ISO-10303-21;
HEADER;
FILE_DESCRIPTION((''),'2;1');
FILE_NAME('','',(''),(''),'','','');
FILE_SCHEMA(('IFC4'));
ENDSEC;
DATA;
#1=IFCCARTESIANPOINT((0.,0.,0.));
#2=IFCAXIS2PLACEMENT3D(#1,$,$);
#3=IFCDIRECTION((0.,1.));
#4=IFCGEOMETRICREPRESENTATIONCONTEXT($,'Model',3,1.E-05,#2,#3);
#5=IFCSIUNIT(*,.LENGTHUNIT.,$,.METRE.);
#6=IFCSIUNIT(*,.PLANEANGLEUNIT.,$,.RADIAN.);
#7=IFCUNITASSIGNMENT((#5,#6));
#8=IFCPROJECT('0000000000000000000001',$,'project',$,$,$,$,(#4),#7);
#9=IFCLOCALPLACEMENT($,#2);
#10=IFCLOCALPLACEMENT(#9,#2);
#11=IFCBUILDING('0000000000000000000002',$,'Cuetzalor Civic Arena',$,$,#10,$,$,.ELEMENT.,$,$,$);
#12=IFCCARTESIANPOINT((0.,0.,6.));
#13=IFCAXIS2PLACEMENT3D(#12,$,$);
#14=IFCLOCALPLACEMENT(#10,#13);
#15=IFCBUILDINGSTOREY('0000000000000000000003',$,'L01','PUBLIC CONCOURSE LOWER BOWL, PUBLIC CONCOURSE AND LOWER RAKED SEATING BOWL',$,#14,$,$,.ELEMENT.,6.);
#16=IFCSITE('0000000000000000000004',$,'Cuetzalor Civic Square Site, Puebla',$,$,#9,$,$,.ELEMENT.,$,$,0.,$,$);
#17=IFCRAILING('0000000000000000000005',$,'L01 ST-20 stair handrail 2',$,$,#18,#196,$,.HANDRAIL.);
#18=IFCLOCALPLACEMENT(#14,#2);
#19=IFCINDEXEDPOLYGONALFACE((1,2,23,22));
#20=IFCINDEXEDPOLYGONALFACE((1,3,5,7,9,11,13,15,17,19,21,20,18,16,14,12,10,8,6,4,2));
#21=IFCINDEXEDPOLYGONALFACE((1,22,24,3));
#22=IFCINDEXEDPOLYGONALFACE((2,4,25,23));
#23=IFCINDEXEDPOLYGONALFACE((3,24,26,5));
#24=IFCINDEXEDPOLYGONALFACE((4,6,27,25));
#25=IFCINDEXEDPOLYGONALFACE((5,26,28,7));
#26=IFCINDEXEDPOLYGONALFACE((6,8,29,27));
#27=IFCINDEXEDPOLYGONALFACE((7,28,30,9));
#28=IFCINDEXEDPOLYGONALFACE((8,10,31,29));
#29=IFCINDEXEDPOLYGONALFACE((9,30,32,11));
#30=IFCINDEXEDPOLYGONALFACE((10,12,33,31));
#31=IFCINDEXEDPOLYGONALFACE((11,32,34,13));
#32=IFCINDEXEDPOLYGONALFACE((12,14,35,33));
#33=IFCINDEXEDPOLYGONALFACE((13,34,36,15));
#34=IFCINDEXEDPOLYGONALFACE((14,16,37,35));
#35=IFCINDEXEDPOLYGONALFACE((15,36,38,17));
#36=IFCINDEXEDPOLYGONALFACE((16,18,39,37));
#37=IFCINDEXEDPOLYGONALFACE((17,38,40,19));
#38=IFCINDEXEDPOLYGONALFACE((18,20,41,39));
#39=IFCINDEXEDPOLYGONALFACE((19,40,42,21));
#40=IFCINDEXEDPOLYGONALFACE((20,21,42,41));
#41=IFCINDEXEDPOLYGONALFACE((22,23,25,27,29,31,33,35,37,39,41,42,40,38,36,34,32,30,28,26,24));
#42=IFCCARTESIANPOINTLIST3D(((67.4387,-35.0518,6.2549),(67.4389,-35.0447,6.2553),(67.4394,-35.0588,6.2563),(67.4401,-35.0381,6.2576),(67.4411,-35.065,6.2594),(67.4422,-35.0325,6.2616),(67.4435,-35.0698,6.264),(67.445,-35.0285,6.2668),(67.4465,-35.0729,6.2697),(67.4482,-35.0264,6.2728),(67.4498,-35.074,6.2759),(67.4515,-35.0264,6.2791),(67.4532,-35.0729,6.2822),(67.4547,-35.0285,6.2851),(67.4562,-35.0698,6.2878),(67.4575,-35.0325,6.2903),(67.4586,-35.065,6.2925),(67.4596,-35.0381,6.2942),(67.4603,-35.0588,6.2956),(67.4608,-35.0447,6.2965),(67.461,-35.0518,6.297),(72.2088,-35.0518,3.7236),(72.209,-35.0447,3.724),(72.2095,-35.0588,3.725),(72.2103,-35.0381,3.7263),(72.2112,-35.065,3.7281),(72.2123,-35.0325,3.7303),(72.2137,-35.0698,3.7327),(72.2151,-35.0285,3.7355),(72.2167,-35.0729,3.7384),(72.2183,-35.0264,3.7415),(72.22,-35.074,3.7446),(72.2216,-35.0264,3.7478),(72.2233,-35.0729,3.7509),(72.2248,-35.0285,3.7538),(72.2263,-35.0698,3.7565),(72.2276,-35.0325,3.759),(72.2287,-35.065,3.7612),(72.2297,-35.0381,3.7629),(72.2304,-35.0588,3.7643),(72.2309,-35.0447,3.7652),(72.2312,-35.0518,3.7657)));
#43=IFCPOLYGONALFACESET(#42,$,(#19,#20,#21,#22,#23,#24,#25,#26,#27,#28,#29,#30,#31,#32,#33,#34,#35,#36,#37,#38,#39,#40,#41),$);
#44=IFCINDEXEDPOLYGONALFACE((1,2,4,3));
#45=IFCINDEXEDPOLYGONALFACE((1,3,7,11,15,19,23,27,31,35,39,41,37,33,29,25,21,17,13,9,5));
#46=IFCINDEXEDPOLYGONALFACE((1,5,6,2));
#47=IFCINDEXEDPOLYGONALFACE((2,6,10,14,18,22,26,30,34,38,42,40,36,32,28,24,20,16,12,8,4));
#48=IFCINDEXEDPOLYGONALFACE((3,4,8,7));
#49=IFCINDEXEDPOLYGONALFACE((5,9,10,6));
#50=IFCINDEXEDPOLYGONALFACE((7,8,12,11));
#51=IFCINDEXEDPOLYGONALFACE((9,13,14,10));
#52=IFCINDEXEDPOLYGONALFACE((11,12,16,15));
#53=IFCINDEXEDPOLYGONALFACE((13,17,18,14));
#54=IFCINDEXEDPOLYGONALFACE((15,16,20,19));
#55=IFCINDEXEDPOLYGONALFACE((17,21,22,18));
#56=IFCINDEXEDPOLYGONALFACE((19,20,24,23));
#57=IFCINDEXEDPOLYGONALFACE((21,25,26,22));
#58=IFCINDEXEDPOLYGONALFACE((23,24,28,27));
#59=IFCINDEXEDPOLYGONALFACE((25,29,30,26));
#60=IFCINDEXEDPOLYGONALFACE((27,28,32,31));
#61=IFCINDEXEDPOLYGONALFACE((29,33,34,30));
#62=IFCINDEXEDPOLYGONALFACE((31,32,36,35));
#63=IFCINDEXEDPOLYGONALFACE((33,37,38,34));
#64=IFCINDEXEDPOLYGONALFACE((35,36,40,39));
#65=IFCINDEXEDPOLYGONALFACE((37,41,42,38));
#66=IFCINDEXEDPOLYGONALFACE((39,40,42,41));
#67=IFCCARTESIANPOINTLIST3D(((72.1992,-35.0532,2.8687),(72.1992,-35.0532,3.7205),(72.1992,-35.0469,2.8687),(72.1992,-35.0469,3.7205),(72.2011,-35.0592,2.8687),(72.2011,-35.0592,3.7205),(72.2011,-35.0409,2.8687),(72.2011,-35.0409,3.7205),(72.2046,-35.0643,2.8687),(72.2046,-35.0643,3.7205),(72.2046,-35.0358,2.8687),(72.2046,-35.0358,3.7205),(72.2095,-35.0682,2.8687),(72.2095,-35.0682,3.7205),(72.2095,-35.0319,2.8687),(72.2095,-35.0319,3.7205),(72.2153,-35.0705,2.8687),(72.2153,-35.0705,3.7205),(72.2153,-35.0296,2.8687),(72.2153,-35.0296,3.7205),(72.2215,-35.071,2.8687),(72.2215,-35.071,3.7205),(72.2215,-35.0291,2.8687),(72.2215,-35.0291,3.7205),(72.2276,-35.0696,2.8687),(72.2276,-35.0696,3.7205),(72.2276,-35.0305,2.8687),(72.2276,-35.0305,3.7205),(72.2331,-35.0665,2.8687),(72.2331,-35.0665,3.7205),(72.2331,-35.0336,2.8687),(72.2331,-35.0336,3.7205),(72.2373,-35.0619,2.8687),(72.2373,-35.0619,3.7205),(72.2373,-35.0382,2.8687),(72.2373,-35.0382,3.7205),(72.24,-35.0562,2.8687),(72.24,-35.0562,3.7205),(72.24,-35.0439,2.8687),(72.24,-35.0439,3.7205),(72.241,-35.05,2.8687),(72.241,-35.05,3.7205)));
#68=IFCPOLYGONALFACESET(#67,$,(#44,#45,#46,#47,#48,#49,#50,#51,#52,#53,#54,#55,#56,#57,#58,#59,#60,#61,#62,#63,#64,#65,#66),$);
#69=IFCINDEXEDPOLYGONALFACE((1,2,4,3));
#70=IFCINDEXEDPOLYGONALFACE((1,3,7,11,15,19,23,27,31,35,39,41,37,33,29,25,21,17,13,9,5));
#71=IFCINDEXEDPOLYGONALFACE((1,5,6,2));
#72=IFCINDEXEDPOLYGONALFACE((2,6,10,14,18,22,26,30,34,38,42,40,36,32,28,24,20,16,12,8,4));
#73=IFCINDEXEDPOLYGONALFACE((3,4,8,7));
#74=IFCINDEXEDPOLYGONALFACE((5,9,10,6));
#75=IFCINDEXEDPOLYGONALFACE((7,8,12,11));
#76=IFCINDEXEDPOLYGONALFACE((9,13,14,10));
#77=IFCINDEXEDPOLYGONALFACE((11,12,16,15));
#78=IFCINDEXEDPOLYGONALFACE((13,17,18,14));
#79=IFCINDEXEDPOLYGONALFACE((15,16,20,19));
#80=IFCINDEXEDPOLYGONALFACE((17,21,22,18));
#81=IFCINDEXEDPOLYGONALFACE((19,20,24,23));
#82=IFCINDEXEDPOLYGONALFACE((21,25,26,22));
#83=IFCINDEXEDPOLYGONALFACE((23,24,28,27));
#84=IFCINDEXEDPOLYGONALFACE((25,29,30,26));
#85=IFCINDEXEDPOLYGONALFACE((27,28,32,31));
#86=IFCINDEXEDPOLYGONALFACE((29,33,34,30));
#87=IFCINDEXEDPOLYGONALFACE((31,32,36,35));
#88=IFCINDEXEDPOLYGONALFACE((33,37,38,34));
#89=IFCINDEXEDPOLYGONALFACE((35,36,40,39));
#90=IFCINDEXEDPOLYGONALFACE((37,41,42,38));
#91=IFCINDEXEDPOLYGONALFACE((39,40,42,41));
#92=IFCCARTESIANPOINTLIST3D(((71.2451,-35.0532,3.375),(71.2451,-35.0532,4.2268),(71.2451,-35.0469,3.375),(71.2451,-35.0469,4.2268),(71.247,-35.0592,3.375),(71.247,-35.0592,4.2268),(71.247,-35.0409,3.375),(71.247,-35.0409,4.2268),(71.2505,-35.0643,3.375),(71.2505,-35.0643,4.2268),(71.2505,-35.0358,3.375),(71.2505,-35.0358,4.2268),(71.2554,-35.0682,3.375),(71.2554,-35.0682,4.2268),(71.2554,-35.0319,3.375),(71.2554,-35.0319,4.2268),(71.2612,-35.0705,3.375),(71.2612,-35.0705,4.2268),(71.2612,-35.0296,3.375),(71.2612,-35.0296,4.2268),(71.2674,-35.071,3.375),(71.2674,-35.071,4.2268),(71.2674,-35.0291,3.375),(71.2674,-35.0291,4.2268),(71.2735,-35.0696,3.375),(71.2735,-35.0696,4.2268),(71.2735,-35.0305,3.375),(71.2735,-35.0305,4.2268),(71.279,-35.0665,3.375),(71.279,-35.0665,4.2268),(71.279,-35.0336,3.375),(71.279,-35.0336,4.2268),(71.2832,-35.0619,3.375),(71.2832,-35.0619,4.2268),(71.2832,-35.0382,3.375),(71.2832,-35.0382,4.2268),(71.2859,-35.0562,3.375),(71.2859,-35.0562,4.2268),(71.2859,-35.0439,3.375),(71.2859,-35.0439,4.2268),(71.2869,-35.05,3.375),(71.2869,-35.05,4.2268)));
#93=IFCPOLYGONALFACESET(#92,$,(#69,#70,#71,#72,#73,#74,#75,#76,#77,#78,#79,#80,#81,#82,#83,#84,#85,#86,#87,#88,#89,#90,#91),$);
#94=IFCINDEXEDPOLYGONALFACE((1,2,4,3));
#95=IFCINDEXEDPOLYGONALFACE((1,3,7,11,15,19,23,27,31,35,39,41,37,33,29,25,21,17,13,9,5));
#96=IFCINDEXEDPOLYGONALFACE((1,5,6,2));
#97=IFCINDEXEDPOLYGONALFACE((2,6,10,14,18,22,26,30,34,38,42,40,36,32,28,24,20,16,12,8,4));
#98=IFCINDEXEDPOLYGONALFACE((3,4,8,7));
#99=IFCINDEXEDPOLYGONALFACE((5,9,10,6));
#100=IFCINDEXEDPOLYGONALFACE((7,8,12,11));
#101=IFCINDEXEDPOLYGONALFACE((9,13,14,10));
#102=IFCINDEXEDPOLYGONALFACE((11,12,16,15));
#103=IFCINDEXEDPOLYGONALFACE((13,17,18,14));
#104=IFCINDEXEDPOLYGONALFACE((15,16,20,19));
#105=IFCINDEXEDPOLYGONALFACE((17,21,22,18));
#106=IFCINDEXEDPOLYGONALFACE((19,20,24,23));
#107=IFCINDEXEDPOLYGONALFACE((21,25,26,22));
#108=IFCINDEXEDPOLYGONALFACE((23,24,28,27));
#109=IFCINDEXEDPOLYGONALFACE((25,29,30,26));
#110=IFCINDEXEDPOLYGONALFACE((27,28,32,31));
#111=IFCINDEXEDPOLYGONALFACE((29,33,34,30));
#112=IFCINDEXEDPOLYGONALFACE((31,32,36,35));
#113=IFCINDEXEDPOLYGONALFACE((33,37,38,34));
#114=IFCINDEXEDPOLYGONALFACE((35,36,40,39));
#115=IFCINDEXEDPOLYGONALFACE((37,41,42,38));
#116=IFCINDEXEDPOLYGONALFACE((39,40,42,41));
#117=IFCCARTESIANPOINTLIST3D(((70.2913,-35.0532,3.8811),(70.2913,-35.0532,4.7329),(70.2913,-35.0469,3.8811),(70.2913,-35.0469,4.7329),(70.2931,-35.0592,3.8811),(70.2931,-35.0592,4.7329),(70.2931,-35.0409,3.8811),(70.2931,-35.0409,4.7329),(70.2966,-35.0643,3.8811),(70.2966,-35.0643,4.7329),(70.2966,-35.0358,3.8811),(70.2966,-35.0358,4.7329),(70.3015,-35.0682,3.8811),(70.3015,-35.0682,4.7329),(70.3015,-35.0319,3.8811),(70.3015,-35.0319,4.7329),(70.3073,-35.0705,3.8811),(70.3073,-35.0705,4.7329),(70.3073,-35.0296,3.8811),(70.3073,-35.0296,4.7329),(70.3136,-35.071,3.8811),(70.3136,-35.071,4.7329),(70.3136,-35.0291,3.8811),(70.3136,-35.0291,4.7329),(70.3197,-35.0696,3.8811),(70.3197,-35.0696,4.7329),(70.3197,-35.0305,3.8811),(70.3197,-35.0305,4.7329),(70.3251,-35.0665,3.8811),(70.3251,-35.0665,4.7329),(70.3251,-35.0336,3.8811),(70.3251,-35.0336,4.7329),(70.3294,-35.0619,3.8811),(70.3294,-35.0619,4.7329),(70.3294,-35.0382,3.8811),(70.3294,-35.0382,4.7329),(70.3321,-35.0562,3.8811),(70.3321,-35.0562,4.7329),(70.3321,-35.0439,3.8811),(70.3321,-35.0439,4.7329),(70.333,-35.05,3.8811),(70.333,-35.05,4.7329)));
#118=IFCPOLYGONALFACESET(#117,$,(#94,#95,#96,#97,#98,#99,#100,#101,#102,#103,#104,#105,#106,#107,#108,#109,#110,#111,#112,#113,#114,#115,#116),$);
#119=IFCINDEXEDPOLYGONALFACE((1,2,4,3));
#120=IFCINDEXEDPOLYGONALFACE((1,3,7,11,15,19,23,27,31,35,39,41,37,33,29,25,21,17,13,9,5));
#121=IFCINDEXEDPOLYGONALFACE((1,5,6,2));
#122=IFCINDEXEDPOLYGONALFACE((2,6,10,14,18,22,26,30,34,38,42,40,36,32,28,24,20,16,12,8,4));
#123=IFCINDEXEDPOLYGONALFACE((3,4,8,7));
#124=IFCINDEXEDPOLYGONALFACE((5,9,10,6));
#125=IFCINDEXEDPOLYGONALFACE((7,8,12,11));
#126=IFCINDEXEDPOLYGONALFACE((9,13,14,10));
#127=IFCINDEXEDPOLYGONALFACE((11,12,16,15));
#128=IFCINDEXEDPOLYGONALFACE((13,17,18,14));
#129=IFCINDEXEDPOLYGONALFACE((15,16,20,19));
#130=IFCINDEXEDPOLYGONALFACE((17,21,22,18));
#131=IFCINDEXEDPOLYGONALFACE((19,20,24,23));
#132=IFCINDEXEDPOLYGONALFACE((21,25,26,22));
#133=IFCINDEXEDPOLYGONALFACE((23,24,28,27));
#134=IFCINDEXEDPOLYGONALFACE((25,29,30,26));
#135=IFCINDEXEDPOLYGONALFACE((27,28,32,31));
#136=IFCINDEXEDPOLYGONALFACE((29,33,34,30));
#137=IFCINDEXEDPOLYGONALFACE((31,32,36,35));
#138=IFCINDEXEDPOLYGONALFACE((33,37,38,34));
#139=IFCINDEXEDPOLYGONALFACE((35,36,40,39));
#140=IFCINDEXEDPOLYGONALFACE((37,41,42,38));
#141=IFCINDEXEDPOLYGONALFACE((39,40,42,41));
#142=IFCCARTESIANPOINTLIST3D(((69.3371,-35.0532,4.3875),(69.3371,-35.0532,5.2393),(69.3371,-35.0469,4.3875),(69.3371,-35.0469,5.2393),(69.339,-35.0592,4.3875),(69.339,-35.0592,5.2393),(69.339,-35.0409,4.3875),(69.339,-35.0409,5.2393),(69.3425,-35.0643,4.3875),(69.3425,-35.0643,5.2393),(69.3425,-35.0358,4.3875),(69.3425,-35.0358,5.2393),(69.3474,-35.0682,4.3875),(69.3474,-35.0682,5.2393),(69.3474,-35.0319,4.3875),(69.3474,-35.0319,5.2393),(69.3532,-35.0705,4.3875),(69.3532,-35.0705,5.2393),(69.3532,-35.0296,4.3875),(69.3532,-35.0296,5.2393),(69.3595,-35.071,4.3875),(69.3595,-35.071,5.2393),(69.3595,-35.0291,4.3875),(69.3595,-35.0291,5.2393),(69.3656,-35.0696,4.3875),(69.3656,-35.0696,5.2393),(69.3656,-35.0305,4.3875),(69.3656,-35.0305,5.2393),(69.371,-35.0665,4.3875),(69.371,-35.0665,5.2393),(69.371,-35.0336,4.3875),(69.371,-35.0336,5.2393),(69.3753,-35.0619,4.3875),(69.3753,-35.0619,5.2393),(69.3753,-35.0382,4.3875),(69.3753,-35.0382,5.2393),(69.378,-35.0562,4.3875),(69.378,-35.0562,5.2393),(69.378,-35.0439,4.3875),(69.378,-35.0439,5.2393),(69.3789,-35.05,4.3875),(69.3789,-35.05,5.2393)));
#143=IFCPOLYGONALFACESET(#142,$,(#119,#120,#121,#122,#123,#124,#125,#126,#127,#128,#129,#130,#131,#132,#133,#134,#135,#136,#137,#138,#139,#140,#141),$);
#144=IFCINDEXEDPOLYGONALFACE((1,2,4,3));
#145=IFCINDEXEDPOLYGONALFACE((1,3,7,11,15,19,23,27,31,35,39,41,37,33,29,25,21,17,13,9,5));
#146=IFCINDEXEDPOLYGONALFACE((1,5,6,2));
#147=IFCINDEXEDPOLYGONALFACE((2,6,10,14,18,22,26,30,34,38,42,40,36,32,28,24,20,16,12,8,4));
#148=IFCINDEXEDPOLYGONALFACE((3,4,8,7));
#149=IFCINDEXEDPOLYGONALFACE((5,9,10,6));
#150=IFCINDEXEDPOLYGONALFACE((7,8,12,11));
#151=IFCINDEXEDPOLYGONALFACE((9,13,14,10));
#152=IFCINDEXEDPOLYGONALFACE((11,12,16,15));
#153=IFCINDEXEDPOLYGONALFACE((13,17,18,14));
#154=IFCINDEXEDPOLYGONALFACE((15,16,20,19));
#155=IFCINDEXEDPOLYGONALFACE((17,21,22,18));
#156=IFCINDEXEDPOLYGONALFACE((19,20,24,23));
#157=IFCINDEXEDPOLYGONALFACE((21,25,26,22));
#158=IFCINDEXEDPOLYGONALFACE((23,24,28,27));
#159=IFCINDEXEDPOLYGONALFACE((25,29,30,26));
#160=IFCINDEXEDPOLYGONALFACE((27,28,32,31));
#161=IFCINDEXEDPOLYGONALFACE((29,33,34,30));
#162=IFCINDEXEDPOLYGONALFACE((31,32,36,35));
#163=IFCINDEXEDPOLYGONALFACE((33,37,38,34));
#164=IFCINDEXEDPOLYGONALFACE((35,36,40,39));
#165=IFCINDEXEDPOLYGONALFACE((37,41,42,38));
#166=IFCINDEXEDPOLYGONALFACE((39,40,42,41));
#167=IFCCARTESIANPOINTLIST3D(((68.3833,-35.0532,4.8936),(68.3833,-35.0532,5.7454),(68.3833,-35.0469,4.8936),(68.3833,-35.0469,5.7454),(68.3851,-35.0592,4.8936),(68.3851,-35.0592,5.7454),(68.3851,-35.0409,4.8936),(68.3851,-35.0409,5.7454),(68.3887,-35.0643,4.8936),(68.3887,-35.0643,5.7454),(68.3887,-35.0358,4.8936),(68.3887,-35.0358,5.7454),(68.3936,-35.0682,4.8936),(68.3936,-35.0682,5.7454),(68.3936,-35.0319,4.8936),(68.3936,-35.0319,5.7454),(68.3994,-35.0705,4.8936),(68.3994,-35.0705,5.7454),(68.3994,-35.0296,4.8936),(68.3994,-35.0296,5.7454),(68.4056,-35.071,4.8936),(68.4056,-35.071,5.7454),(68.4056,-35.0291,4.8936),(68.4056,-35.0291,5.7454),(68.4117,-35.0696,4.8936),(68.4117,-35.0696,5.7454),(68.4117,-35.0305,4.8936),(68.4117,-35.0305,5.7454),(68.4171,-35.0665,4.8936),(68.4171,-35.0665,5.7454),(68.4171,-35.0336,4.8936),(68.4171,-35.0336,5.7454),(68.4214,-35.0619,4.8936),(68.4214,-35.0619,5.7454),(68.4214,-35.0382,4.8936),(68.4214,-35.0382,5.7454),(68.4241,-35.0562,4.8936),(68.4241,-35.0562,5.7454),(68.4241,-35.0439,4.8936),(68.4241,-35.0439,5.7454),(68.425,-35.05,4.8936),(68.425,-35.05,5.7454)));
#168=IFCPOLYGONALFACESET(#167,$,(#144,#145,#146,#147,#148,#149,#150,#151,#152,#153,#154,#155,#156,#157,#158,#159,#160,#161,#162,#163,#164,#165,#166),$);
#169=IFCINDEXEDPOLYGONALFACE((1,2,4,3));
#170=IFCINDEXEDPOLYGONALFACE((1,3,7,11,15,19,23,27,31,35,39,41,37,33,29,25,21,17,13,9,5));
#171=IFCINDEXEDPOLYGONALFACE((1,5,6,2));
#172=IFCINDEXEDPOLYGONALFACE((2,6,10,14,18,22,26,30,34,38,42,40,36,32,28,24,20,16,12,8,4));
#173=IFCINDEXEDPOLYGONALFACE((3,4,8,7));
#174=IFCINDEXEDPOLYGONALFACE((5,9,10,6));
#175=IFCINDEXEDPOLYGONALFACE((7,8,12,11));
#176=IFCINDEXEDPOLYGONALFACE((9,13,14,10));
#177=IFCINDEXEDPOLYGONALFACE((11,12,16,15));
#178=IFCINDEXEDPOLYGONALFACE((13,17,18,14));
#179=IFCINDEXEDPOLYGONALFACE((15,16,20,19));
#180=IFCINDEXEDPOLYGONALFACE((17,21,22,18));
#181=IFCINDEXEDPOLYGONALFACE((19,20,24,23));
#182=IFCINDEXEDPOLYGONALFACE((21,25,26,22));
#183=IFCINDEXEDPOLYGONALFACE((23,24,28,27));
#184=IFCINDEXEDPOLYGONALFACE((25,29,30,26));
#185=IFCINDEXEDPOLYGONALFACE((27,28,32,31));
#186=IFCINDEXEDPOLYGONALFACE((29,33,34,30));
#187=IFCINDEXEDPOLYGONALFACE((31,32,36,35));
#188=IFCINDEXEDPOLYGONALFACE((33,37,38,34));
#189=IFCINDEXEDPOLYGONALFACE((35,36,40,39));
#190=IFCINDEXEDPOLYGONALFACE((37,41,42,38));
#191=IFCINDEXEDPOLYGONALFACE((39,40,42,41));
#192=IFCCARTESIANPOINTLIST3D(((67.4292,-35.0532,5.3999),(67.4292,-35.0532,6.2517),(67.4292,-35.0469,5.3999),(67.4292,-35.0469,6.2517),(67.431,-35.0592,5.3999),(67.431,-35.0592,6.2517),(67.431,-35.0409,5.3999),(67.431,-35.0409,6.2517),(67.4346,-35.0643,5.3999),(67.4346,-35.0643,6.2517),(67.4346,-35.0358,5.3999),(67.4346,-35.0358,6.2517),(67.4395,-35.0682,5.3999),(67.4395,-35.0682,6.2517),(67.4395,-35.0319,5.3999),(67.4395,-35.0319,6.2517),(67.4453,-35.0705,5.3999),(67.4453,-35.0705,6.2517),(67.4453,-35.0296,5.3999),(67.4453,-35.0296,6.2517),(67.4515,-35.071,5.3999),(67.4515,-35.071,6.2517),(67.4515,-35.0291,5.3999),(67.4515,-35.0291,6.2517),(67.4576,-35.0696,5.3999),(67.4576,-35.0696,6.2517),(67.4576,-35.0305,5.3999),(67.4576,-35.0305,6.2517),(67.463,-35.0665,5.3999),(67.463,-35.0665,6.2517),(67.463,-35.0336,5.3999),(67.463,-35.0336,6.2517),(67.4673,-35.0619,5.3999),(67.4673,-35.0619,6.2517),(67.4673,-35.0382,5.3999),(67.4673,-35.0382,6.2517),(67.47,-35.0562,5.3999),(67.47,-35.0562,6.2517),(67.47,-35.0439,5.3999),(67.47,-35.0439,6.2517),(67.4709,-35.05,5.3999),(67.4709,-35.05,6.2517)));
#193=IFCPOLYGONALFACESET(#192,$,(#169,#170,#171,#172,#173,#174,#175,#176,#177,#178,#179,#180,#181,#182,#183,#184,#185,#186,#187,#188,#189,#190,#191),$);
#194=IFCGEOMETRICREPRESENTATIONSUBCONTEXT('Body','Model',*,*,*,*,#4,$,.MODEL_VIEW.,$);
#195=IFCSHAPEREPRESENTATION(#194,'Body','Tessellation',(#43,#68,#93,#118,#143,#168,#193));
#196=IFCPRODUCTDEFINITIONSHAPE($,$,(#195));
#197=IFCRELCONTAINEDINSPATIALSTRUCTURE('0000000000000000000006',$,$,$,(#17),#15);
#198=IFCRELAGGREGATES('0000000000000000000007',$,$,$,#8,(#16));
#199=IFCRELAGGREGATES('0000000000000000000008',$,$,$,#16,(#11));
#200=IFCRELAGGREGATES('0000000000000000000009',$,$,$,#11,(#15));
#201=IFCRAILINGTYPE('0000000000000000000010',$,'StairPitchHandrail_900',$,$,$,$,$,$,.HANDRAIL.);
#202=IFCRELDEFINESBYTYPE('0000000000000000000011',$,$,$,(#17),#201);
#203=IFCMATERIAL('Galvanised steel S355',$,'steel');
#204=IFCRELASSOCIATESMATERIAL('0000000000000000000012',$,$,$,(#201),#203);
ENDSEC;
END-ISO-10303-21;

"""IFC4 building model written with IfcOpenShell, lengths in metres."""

from ifc_helpers import new_model, si_unit, direction, frame, origin, origin_2d, place, context, subcontext, project, spatial, circle, extrude, material, type_object, element, save


model = new_model("IFC4")

# Units and contexts
model_context = context("Model", 3, precision=1e-05, world=origin(), true_north=direction((0.0, 1.0)))
body_context = subcontext(model_context, "Body", "Model", "MODEL_VIEW")
ifc_project = project(units=[si_unit("LENGTHUNIT", "METRE"), si_unit("PLANEANGLEUNIT", "RADIAN")], contexts=[model_context])

# Site, building, storey
site_placement = place(None, origin())
site = spatial("IfcSite", under=ifc_project, at=site_placement, Name="Cuetzalor Civic Square Site, Puebla", CompositionType="ELEMENT", RefElevation=0.0)
building_placement = place(site_placement, origin())
building = spatial("IfcBuilding", under=site, at=building_placement, Name="Cuetzalor Civic Arena", CompositionType="ELEMENT")
storey_placement = place(building_placement, frame((0.0, 0.0, 6.0)))
storey = spatial("IfcBuildingStorey", under=building, at=storey_placement, Name="L01", Description="PUBLIC CONCOURSE LOWER BOWL, PUBLIC CONCOURSE AND LOWER RAKED SEATING BOWL", CompositionType="ELEMENT", Elevation=6.0)

# Railing
ifc_material_1 = material(Name="Galvanised steel S355", Category="steel")
railing_type_1 = type_object("IfcRailingType", Name="StairPitchHandrail_900", PredefinedType="HANDRAIL", material=ifc_material_1)
railing_1_placement = place(storey_placement, frame((72.22, -35.05, 2.8687)))
element("IfcRailing", 1, at=railing_1_placement, inside=storey, type_object=railing_type_1, Name="L01 ST-20 stair handrail 2", PredefinedType="HANDRAIL", context=body_context, shape_type="SweptSolid", body=[
    extrude(circle(Radius=0.0239, at=origin_2d()), frame((0.0, 0.0, 0.876), z_axis=(-0.883332, 0.0, 0.468747), x_axis=(0.0, -1.0, 0.0)), (0.0, 0.0, 1.0), 5.4001),
    extrude(circle(Radius=0.021, at=origin_2d()), origin(), (0.0, 0.0, 1.0), 0.8518),
    extrude(circle(Radius=0.021, at=origin_2d()), frame((-0.9541, 0.0, 0.5063)), (0.0, 0.0, 1.0), 0.8518),
    extrude(circle(Radius=0.021, at=origin_2d()), frame((-1.908, 0.0, 1.0125)), (0.0, 0.0, 1.0), 0.8518),
    extrude(circle(Radius=0.021, at=origin_2d()), frame((-2.8621, 0.0, 1.5188)), (0.0, 0.0, 1.0), 0.8518),
    extrude(circle(Radius=0.021, at=origin_2d()), frame((-3.8159, 0.0, 2.0249)), (0.0, 0.0, 1.0), 0.8518),
    extrude(circle(Radius=0.021, at=origin_2d()), frame((-4.77, 0.0, 2.5312)), (0.0, 0.0, 1.0), 0.8518),
])

save(model, "model.ifc")
